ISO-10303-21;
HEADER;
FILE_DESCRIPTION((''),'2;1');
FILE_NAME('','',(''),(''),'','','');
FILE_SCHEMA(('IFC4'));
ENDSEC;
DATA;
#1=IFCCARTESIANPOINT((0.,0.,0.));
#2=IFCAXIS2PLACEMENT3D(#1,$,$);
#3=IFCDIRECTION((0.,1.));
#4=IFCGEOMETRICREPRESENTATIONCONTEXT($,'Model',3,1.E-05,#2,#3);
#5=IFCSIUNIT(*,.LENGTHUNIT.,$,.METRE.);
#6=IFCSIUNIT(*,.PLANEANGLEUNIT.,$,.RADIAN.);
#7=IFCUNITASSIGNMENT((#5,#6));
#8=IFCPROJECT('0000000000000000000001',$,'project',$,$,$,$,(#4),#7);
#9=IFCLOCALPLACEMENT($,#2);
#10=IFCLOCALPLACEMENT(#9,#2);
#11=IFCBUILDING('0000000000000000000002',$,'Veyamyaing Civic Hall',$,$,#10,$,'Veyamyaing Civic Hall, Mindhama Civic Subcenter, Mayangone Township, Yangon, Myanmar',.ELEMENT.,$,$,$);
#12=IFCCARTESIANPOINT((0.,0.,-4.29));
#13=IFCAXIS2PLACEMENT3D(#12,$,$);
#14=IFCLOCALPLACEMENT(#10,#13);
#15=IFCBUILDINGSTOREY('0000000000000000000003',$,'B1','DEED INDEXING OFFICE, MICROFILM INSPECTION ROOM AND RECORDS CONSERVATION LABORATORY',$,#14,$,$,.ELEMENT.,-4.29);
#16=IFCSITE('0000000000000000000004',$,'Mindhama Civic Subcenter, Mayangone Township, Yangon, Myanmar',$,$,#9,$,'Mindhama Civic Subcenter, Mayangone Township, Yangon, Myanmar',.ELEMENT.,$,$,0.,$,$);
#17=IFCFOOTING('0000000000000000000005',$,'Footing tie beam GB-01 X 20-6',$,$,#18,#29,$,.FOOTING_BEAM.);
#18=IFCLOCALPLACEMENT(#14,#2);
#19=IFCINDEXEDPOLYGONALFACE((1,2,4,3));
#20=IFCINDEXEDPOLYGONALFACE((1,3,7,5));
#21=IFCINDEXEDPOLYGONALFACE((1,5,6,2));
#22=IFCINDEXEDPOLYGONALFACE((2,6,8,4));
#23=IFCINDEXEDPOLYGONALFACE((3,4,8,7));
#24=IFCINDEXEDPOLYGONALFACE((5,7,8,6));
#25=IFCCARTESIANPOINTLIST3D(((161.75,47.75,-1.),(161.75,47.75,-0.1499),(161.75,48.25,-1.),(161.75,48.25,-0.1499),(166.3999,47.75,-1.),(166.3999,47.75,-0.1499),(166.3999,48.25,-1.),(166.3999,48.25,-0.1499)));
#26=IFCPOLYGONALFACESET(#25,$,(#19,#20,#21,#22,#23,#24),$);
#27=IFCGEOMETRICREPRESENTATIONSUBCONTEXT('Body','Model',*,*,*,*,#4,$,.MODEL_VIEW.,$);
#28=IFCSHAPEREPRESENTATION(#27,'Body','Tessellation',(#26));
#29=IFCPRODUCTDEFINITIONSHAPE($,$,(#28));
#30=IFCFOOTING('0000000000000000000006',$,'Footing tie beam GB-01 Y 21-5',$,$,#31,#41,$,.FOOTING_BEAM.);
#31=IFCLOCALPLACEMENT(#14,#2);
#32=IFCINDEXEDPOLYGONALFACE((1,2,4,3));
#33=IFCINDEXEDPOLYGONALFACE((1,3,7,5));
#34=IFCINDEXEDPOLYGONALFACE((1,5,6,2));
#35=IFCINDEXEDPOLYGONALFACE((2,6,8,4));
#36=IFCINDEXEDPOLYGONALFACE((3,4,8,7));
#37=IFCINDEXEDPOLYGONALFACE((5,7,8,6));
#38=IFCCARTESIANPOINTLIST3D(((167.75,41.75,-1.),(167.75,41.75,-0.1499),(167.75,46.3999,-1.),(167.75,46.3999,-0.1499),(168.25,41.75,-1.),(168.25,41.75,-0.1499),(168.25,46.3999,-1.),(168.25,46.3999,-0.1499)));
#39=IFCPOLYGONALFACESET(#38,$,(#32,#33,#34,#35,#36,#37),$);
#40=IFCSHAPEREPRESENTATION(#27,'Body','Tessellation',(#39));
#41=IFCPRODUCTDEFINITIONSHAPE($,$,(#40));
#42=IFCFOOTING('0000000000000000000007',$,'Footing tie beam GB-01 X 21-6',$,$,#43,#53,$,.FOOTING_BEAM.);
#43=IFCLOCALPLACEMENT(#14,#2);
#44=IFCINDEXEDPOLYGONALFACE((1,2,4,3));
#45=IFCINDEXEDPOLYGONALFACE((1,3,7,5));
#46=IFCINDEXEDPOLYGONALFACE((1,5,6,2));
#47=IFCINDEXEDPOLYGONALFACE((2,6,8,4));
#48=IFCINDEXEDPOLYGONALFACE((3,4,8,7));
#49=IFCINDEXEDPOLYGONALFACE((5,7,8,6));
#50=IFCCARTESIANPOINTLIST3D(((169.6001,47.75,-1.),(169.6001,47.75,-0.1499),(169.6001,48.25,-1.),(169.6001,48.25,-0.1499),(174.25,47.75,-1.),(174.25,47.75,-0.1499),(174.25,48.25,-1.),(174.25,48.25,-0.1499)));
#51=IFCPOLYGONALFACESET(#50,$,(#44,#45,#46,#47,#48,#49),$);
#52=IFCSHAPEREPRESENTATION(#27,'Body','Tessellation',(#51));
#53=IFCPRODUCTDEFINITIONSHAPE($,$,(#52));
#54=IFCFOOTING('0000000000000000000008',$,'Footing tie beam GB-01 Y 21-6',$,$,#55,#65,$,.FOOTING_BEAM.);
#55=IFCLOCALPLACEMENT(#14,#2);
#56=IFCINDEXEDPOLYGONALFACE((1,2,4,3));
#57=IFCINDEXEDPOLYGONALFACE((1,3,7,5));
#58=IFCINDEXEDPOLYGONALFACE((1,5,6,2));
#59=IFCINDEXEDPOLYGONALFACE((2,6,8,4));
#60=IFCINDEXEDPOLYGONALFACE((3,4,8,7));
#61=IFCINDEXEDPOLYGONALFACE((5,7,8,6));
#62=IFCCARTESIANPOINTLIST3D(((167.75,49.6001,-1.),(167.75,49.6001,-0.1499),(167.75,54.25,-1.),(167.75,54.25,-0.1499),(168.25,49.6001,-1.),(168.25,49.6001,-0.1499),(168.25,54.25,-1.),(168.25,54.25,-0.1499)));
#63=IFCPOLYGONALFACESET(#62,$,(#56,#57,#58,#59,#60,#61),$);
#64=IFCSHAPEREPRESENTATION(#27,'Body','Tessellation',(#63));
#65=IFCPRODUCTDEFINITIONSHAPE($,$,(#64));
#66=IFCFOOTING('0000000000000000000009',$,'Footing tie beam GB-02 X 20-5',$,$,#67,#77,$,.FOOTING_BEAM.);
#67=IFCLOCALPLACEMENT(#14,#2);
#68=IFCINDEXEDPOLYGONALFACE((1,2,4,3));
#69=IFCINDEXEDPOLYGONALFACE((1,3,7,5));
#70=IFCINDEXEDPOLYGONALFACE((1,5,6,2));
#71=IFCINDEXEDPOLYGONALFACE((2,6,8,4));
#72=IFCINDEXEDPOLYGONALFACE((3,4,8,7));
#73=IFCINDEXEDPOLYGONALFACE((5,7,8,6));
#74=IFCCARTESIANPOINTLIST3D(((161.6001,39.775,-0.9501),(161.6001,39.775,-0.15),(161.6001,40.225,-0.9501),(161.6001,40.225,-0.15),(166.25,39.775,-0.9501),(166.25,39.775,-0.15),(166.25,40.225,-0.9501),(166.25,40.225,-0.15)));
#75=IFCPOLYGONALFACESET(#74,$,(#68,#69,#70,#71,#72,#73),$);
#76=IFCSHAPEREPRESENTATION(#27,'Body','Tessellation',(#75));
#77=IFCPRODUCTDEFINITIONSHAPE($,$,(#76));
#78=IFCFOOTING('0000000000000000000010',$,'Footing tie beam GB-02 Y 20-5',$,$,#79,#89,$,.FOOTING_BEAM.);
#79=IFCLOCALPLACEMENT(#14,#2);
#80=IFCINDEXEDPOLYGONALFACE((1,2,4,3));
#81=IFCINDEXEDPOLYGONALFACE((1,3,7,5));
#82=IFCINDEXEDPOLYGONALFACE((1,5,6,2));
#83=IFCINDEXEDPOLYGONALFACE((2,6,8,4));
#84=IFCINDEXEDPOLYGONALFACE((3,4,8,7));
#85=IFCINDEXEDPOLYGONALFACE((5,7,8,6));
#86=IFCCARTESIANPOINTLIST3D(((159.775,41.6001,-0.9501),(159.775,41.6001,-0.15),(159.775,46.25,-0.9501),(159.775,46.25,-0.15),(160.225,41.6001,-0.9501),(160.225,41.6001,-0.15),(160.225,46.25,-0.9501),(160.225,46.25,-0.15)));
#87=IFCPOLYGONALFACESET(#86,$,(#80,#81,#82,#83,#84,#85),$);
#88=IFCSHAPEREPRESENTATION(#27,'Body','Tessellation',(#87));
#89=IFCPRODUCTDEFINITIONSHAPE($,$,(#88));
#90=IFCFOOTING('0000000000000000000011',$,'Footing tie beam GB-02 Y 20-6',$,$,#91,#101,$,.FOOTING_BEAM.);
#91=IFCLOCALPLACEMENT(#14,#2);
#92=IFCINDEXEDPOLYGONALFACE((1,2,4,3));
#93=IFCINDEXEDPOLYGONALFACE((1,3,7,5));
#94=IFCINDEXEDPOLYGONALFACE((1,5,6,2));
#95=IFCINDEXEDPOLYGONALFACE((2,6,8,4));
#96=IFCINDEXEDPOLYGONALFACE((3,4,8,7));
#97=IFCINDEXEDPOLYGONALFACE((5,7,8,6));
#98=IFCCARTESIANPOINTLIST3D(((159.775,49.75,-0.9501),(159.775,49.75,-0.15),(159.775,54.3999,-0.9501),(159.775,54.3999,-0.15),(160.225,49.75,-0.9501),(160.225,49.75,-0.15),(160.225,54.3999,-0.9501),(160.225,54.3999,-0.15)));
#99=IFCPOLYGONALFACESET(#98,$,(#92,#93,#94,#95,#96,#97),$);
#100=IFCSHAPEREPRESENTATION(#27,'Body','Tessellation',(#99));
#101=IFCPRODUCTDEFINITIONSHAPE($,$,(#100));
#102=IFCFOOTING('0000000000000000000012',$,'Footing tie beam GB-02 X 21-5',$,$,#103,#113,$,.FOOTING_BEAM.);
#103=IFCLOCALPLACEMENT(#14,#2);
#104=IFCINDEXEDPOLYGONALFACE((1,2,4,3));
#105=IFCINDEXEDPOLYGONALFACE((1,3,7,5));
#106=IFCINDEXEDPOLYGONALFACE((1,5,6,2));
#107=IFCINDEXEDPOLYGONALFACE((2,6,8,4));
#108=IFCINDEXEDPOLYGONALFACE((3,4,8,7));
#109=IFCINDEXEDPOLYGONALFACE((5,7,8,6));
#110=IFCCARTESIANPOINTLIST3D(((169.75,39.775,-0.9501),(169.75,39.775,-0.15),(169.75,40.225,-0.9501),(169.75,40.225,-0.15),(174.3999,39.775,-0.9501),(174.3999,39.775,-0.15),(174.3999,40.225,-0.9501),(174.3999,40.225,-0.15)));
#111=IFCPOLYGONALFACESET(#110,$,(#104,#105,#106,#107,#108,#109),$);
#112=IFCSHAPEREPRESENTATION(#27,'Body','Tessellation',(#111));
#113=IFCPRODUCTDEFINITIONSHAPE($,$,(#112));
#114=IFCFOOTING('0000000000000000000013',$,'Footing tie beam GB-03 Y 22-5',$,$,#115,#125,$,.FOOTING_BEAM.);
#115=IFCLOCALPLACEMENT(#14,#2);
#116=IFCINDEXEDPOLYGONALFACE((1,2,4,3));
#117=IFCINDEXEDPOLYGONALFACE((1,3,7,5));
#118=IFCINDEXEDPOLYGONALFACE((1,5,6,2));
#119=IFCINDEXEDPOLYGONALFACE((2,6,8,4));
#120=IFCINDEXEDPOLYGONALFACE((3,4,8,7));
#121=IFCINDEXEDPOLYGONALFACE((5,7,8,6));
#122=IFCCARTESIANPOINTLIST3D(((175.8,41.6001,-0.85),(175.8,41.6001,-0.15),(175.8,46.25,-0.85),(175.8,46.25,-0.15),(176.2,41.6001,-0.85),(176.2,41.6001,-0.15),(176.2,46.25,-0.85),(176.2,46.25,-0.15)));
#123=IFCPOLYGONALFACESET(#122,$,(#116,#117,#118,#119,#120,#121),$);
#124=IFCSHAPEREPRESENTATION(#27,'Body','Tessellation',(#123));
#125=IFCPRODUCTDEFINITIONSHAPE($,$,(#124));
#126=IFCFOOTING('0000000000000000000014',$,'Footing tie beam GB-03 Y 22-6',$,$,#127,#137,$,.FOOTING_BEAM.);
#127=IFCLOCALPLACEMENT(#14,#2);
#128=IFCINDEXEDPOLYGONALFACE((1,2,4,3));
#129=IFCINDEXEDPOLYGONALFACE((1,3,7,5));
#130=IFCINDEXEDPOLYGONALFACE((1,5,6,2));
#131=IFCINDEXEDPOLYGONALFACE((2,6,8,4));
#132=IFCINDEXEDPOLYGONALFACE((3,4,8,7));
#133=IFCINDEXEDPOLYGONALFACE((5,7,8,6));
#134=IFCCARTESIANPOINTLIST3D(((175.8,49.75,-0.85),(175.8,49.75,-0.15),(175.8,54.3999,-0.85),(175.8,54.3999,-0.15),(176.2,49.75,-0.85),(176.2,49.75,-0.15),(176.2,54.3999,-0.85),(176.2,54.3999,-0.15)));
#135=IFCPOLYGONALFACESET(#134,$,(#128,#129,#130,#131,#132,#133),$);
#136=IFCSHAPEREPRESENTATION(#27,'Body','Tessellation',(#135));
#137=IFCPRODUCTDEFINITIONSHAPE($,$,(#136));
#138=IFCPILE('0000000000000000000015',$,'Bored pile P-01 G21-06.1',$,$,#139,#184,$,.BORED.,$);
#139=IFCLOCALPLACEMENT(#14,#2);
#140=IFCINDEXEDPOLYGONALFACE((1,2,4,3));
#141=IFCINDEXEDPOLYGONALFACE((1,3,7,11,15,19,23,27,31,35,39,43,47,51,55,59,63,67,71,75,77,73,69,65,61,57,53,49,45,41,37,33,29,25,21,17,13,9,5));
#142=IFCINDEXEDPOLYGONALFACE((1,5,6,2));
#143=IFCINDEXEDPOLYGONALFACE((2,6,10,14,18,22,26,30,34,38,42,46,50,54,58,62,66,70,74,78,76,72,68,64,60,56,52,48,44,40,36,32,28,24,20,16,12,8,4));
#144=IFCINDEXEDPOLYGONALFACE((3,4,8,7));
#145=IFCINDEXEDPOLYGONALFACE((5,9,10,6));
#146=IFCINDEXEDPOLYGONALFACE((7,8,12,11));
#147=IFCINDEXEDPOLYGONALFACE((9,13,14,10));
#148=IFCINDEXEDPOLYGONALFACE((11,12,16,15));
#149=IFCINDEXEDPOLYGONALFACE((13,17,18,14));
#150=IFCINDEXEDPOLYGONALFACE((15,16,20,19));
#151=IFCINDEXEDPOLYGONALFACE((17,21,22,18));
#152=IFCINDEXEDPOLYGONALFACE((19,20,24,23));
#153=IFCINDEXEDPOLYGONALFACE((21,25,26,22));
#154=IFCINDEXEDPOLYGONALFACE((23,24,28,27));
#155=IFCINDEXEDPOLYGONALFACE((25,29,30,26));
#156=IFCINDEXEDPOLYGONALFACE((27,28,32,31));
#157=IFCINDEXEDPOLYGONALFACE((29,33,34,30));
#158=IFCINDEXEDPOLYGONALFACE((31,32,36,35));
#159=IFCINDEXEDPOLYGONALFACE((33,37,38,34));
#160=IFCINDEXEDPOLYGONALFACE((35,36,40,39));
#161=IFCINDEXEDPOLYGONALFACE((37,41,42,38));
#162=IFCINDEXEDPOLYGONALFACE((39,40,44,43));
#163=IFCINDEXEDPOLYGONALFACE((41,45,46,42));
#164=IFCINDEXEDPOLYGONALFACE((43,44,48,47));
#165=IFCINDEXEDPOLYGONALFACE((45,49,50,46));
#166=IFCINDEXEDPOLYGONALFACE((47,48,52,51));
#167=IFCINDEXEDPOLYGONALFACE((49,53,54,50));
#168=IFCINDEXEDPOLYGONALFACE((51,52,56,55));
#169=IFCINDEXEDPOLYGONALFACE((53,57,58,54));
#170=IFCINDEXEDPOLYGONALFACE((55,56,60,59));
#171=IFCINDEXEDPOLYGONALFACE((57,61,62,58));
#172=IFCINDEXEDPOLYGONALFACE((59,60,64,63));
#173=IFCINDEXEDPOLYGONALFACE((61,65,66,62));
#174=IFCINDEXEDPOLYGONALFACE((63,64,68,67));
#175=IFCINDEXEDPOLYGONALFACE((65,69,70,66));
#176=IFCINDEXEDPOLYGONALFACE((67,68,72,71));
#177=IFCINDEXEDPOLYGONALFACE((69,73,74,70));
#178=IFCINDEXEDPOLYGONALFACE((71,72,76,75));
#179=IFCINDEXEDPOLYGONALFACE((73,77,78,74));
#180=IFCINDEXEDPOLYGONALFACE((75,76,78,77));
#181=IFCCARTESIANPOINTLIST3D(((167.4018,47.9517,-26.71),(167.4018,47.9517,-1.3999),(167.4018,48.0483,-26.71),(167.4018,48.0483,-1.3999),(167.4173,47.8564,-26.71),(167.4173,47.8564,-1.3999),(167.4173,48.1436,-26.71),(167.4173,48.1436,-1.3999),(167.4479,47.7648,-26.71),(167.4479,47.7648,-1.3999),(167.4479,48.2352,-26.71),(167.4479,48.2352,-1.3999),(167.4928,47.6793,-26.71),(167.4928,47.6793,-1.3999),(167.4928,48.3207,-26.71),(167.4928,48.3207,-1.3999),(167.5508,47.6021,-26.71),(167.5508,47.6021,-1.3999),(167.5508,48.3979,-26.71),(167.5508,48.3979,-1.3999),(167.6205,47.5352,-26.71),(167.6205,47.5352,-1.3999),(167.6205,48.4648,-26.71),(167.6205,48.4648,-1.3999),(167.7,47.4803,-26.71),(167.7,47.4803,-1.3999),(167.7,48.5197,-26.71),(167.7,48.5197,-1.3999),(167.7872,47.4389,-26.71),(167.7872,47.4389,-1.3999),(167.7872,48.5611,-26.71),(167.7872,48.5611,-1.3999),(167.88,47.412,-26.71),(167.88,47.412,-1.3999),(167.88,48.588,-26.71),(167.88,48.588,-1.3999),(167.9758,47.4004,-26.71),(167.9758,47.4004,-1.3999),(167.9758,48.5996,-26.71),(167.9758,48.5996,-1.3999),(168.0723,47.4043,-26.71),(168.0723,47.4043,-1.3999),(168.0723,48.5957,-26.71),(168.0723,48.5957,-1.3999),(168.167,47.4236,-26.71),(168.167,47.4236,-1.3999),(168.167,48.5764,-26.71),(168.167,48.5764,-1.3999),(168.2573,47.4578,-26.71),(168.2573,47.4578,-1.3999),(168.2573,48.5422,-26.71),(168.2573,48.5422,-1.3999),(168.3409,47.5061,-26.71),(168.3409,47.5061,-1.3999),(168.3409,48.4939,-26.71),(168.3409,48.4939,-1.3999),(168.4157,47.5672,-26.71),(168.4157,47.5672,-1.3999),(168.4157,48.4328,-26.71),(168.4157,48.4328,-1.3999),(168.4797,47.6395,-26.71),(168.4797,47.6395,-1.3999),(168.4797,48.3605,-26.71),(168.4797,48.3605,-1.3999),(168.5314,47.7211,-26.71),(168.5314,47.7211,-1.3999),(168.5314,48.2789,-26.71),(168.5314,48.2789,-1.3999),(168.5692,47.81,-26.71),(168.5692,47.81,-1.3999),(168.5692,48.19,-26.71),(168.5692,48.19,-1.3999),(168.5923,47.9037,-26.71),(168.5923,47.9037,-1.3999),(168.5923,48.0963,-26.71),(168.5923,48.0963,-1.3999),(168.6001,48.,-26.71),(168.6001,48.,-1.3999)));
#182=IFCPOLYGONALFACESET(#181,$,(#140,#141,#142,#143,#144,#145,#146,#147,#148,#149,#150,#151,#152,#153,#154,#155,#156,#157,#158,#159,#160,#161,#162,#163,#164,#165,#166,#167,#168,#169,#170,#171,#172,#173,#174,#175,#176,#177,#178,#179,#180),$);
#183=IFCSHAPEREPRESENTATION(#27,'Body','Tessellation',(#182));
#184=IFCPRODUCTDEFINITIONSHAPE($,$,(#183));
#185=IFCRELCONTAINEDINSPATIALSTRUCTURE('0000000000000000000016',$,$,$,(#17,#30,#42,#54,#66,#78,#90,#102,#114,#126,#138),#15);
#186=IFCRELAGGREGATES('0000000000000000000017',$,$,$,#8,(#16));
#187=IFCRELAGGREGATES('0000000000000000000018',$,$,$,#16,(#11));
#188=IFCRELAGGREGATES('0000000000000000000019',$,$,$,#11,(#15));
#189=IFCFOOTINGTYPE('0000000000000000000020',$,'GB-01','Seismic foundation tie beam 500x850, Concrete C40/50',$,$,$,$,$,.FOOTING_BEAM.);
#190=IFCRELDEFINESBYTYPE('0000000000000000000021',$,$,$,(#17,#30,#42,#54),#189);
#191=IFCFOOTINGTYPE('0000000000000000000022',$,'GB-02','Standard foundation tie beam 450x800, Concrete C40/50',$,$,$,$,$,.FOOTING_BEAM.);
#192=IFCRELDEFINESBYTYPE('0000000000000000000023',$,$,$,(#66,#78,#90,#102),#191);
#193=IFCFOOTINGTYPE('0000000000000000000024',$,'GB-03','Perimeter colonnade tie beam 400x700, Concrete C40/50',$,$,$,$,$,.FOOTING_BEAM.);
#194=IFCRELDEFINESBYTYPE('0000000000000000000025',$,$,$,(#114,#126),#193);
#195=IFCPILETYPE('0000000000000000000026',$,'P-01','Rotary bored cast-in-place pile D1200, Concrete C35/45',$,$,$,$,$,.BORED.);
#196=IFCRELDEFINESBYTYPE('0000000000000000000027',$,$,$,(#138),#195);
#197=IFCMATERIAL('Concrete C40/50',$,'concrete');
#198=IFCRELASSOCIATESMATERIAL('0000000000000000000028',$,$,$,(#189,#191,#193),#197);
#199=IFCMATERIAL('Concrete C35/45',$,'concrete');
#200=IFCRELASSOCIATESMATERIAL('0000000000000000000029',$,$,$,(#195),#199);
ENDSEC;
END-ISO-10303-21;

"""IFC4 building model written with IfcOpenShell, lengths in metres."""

from ifc_helpers import new_model, si_unit, direction, frame, origin, origin_2d, place, context, subcontext, project, spatial, rectangle, circle, extrude, material, material_profile, profile_set, type_object, element, save


model = new_model("IFC4")

# Units and contexts
model_context = context("Model", 3, precision=1e-05, world=origin(), true_north=direction((0.0, 1.0)))
body_context = subcontext(model_context, "Body", "Model", "MODEL_VIEW")
ifc_project = project(units=[si_unit("LENGTHUNIT", "METRE"), si_unit("PLANEANGLEUNIT", "RADIAN")], contexts=[model_context])

# Site, building, storey
site_placement = place(None, origin())
site = spatial("IfcSite", under=ifc_project, at=site_placement, Name="Mindhama Civic Subcenter, Mayangone Township, Yangon, Myanmar", LongName="Mindhama Civic Subcenter, Mayangone Township, Yangon, Myanmar", CompositionType="ELEMENT", RefElevation=0.0)
building_placement = place(site_placement, origin())
building = spatial("IfcBuilding", under=site, at=building_placement, Name="Veyamyaing Civic Hall", LongName="Veyamyaing Civic Hall, Mindhama Civic Subcenter, Mayangone Township, Yangon, Myanmar", CompositionType="ELEMENT")
storey_placement = place(building_placement, frame((0.0, 0.0, -4.29)))
storey = spatial("IfcBuildingStorey", under=building, at=storey_placement, Name="B1", Description="DEED INDEXING OFFICE, MICROFILM INSPECTION ROOM AND RECORDS CONSERVATION LABORATORY", CompositionType="ELEMENT", Elevation=-4.29)

# Footings
ifc_material_1 = material(Name="Concrete C40/50", Category="concrete")
ifc_material_profile_1 = material_profile(ifc_material_1, rectangle(XDim=0.5, YDim=0.8501, at=origin_2d()), Name="GB-500X850")
ifc_profile_set_1 = profile_set([ifc_material_profile_1], Name="Concrete C40/50")
footing_type_1 = type_object("IfcFootingType", Name="GB-01", Description="Seismic foundation tie beam 500x850, Concrete C40/50", PredefinedType="FOOTING_BEAM", material=ifc_profile_set_1)
for number, where, z_axis, x_axis, name in (
    (1, (161.75, 48.0, -0.575), (1.0, 0.0, 0.0), (0.0, 1.0, 0.0), "Footing tie beam GB-01 X 20-6"),
    (2, (168.0, 41.75, -0.575), (0.0, 1.0, 0.0), (-1.0, 0.0, 0.0), "Footing tie beam GB-01 Y 21-5"),
    (3, (169.6001, 48.0, -0.575), (1.0, 0.0, 0.0), (0.0, 1.0, 0.0), "Footing tie beam GB-01 X 21-6"),
    (4, (168.0, 49.6001, -0.575), (0.0, 1.0, 0.0), (-1.0, 0.0, 0.0), "Footing tie beam GB-01 Y 21-6"),
):
    element("IfcFooting", number, at=place(storey_placement, frame(where, z_axis=z_axis, x_axis=x_axis)), inside=storey, type_object=footing_type_1, Name=name, PredefinedType="FOOTING_BEAM", context=body_context, shape_type="SweptSolid", body=[
        extrude(rectangle(XDim=0.5, YDim=0.8501, at=origin_2d()), origin(), (0.0, 0.0, 1.0), 4.6499),
    ])
ifc_material_profile_2 = material_profile(ifc_material_1, rectangle(XDim=0.45, YDim=0.8, at=origin_2d()), Name="GB-450X800")
ifc_profile_set_2 = profile_set([ifc_material_profile_2], Name="Concrete C40/50")
footing_type_2 = type_object("IfcFootingType", Name="GB-02", Description="Standard foundation tie beam 450x800, Concrete C40/50", PredefinedType="FOOTING_BEAM", material=ifc_profile_set_2)
for number, where, z_axis, x_axis, name in (
    (5, (161.6001, 40.0, -0.55), (1.0, 0.0, 0.0), (0.0, 1.0, 0.0), "Footing tie beam GB-02 X 20-5"),
    (6, (160.0, 41.6001, -0.55), (0.0, 1.0, 0.0), (-1.0, 0.0, 0.0), "Footing tie beam GB-02 Y 20-5"),
    (7, (160.0, 49.75, -0.55), (0.0, 1.0, 0.0), (-1.0, 0.0, 0.0), "Footing tie beam GB-02 Y 20-6"),
    (8, (169.75, 40.0, -0.55), (1.0, 0.0, 0.0), (0.0, 1.0, 0.0), "Footing tie beam GB-02 X 21-5"),
):
    element("IfcFooting", number, at=place(storey_placement, frame(where, z_axis=z_axis, x_axis=x_axis)), inside=storey, type_object=footing_type_2, Name=name, PredefinedType="FOOTING_BEAM", context=body_context, shape_type="SweptSolid", body=[
        extrude(rectangle(XDim=0.45, YDim=0.8, at=origin_2d()), origin(), (0.0, 0.0, 1.0), 4.6499),
    ])
ifc_material_profile_3 = material_profile(ifc_material_1, rectangle(XDim=0.3999, YDim=0.7, at=origin_2d()), Name="GB-400X700")
ifc_profile_set_3 = profile_set([ifc_material_profile_3], Name="Concrete C40/50")
footing_type_3 = type_object("IfcFootingType", Name="GB-03", Description="Perimeter colonnade tie beam 400x700, Concrete C40/50", PredefinedType="FOOTING_BEAM", material=ifc_profile_set_3)
for number, where, z_axis, x_axis, name in (
    (9, (176.0, 41.6001, -0.5), (0.0, 1.0, 0.0), (-1.0, 0.0, 0.0), "Footing tie beam GB-03 Y 22-5"),
    (10, (176.0, 49.75, -0.5), (0.0, 1.0, 0.0), (-1.0, 0.0, 0.0), "Footing tie beam GB-03 Y 22-6"),
):
    element("IfcFooting", number, at=place(storey_placement, frame(where, z_axis=z_axis, x_axis=x_axis)), inside=storey, type_object=footing_type_3, Name=name, PredefinedType="FOOTING_BEAM", context=body_context, shape_type="SweptSolid", body=[
        extrude(rectangle(XDim=0.3999, YDim=0.7, at=origin_2d()), origin(), (0.0, 0.0, 1.0), 4.6499),
    ])

# Pile
ifc_material_2 = material(Name="Concrete C35/45", Category="concrete")
ifc_material_profile_4 = material_profile(ifc_material_2, circle(Radius=0.6001, at=origin_2d()), Name="PILE-D1200")
ifc_profile_set_4 = profile_set([ifc_material_profile_4], Name="Concrete C35/45")
pile_type_1 = type_object("IfcPileType", Name="P-01", Description="Rotary bored cast-in-place pile D1200, Concrete C35/45", PredefinedType="BORED", material=ifc_profile_set_4)
for number, where, z_axis, x_axis, name in (
    (11, (168.0, 48.0, -1.3999), (0.0, 0.0, -1.0), (1.0, 0.0, 0.0), "Bored pile P-01 G21-06.1"),
):
    element("IfcPile", number, at=place(storey_placement, frame(where, z_axis=z_axis, x_axis=x_axis)), inside=storey, type_object=pile_type_1, Name=name, PredefinedType="BORED", context=body_context, shape_type="SweptSolid", body=[
        extrude(circle(Radius=0.6001, at=origin_2d()), origin(), (0.0, 0.0, 1.0), 25.3101),
    ])

save(model, "model.ifc")
